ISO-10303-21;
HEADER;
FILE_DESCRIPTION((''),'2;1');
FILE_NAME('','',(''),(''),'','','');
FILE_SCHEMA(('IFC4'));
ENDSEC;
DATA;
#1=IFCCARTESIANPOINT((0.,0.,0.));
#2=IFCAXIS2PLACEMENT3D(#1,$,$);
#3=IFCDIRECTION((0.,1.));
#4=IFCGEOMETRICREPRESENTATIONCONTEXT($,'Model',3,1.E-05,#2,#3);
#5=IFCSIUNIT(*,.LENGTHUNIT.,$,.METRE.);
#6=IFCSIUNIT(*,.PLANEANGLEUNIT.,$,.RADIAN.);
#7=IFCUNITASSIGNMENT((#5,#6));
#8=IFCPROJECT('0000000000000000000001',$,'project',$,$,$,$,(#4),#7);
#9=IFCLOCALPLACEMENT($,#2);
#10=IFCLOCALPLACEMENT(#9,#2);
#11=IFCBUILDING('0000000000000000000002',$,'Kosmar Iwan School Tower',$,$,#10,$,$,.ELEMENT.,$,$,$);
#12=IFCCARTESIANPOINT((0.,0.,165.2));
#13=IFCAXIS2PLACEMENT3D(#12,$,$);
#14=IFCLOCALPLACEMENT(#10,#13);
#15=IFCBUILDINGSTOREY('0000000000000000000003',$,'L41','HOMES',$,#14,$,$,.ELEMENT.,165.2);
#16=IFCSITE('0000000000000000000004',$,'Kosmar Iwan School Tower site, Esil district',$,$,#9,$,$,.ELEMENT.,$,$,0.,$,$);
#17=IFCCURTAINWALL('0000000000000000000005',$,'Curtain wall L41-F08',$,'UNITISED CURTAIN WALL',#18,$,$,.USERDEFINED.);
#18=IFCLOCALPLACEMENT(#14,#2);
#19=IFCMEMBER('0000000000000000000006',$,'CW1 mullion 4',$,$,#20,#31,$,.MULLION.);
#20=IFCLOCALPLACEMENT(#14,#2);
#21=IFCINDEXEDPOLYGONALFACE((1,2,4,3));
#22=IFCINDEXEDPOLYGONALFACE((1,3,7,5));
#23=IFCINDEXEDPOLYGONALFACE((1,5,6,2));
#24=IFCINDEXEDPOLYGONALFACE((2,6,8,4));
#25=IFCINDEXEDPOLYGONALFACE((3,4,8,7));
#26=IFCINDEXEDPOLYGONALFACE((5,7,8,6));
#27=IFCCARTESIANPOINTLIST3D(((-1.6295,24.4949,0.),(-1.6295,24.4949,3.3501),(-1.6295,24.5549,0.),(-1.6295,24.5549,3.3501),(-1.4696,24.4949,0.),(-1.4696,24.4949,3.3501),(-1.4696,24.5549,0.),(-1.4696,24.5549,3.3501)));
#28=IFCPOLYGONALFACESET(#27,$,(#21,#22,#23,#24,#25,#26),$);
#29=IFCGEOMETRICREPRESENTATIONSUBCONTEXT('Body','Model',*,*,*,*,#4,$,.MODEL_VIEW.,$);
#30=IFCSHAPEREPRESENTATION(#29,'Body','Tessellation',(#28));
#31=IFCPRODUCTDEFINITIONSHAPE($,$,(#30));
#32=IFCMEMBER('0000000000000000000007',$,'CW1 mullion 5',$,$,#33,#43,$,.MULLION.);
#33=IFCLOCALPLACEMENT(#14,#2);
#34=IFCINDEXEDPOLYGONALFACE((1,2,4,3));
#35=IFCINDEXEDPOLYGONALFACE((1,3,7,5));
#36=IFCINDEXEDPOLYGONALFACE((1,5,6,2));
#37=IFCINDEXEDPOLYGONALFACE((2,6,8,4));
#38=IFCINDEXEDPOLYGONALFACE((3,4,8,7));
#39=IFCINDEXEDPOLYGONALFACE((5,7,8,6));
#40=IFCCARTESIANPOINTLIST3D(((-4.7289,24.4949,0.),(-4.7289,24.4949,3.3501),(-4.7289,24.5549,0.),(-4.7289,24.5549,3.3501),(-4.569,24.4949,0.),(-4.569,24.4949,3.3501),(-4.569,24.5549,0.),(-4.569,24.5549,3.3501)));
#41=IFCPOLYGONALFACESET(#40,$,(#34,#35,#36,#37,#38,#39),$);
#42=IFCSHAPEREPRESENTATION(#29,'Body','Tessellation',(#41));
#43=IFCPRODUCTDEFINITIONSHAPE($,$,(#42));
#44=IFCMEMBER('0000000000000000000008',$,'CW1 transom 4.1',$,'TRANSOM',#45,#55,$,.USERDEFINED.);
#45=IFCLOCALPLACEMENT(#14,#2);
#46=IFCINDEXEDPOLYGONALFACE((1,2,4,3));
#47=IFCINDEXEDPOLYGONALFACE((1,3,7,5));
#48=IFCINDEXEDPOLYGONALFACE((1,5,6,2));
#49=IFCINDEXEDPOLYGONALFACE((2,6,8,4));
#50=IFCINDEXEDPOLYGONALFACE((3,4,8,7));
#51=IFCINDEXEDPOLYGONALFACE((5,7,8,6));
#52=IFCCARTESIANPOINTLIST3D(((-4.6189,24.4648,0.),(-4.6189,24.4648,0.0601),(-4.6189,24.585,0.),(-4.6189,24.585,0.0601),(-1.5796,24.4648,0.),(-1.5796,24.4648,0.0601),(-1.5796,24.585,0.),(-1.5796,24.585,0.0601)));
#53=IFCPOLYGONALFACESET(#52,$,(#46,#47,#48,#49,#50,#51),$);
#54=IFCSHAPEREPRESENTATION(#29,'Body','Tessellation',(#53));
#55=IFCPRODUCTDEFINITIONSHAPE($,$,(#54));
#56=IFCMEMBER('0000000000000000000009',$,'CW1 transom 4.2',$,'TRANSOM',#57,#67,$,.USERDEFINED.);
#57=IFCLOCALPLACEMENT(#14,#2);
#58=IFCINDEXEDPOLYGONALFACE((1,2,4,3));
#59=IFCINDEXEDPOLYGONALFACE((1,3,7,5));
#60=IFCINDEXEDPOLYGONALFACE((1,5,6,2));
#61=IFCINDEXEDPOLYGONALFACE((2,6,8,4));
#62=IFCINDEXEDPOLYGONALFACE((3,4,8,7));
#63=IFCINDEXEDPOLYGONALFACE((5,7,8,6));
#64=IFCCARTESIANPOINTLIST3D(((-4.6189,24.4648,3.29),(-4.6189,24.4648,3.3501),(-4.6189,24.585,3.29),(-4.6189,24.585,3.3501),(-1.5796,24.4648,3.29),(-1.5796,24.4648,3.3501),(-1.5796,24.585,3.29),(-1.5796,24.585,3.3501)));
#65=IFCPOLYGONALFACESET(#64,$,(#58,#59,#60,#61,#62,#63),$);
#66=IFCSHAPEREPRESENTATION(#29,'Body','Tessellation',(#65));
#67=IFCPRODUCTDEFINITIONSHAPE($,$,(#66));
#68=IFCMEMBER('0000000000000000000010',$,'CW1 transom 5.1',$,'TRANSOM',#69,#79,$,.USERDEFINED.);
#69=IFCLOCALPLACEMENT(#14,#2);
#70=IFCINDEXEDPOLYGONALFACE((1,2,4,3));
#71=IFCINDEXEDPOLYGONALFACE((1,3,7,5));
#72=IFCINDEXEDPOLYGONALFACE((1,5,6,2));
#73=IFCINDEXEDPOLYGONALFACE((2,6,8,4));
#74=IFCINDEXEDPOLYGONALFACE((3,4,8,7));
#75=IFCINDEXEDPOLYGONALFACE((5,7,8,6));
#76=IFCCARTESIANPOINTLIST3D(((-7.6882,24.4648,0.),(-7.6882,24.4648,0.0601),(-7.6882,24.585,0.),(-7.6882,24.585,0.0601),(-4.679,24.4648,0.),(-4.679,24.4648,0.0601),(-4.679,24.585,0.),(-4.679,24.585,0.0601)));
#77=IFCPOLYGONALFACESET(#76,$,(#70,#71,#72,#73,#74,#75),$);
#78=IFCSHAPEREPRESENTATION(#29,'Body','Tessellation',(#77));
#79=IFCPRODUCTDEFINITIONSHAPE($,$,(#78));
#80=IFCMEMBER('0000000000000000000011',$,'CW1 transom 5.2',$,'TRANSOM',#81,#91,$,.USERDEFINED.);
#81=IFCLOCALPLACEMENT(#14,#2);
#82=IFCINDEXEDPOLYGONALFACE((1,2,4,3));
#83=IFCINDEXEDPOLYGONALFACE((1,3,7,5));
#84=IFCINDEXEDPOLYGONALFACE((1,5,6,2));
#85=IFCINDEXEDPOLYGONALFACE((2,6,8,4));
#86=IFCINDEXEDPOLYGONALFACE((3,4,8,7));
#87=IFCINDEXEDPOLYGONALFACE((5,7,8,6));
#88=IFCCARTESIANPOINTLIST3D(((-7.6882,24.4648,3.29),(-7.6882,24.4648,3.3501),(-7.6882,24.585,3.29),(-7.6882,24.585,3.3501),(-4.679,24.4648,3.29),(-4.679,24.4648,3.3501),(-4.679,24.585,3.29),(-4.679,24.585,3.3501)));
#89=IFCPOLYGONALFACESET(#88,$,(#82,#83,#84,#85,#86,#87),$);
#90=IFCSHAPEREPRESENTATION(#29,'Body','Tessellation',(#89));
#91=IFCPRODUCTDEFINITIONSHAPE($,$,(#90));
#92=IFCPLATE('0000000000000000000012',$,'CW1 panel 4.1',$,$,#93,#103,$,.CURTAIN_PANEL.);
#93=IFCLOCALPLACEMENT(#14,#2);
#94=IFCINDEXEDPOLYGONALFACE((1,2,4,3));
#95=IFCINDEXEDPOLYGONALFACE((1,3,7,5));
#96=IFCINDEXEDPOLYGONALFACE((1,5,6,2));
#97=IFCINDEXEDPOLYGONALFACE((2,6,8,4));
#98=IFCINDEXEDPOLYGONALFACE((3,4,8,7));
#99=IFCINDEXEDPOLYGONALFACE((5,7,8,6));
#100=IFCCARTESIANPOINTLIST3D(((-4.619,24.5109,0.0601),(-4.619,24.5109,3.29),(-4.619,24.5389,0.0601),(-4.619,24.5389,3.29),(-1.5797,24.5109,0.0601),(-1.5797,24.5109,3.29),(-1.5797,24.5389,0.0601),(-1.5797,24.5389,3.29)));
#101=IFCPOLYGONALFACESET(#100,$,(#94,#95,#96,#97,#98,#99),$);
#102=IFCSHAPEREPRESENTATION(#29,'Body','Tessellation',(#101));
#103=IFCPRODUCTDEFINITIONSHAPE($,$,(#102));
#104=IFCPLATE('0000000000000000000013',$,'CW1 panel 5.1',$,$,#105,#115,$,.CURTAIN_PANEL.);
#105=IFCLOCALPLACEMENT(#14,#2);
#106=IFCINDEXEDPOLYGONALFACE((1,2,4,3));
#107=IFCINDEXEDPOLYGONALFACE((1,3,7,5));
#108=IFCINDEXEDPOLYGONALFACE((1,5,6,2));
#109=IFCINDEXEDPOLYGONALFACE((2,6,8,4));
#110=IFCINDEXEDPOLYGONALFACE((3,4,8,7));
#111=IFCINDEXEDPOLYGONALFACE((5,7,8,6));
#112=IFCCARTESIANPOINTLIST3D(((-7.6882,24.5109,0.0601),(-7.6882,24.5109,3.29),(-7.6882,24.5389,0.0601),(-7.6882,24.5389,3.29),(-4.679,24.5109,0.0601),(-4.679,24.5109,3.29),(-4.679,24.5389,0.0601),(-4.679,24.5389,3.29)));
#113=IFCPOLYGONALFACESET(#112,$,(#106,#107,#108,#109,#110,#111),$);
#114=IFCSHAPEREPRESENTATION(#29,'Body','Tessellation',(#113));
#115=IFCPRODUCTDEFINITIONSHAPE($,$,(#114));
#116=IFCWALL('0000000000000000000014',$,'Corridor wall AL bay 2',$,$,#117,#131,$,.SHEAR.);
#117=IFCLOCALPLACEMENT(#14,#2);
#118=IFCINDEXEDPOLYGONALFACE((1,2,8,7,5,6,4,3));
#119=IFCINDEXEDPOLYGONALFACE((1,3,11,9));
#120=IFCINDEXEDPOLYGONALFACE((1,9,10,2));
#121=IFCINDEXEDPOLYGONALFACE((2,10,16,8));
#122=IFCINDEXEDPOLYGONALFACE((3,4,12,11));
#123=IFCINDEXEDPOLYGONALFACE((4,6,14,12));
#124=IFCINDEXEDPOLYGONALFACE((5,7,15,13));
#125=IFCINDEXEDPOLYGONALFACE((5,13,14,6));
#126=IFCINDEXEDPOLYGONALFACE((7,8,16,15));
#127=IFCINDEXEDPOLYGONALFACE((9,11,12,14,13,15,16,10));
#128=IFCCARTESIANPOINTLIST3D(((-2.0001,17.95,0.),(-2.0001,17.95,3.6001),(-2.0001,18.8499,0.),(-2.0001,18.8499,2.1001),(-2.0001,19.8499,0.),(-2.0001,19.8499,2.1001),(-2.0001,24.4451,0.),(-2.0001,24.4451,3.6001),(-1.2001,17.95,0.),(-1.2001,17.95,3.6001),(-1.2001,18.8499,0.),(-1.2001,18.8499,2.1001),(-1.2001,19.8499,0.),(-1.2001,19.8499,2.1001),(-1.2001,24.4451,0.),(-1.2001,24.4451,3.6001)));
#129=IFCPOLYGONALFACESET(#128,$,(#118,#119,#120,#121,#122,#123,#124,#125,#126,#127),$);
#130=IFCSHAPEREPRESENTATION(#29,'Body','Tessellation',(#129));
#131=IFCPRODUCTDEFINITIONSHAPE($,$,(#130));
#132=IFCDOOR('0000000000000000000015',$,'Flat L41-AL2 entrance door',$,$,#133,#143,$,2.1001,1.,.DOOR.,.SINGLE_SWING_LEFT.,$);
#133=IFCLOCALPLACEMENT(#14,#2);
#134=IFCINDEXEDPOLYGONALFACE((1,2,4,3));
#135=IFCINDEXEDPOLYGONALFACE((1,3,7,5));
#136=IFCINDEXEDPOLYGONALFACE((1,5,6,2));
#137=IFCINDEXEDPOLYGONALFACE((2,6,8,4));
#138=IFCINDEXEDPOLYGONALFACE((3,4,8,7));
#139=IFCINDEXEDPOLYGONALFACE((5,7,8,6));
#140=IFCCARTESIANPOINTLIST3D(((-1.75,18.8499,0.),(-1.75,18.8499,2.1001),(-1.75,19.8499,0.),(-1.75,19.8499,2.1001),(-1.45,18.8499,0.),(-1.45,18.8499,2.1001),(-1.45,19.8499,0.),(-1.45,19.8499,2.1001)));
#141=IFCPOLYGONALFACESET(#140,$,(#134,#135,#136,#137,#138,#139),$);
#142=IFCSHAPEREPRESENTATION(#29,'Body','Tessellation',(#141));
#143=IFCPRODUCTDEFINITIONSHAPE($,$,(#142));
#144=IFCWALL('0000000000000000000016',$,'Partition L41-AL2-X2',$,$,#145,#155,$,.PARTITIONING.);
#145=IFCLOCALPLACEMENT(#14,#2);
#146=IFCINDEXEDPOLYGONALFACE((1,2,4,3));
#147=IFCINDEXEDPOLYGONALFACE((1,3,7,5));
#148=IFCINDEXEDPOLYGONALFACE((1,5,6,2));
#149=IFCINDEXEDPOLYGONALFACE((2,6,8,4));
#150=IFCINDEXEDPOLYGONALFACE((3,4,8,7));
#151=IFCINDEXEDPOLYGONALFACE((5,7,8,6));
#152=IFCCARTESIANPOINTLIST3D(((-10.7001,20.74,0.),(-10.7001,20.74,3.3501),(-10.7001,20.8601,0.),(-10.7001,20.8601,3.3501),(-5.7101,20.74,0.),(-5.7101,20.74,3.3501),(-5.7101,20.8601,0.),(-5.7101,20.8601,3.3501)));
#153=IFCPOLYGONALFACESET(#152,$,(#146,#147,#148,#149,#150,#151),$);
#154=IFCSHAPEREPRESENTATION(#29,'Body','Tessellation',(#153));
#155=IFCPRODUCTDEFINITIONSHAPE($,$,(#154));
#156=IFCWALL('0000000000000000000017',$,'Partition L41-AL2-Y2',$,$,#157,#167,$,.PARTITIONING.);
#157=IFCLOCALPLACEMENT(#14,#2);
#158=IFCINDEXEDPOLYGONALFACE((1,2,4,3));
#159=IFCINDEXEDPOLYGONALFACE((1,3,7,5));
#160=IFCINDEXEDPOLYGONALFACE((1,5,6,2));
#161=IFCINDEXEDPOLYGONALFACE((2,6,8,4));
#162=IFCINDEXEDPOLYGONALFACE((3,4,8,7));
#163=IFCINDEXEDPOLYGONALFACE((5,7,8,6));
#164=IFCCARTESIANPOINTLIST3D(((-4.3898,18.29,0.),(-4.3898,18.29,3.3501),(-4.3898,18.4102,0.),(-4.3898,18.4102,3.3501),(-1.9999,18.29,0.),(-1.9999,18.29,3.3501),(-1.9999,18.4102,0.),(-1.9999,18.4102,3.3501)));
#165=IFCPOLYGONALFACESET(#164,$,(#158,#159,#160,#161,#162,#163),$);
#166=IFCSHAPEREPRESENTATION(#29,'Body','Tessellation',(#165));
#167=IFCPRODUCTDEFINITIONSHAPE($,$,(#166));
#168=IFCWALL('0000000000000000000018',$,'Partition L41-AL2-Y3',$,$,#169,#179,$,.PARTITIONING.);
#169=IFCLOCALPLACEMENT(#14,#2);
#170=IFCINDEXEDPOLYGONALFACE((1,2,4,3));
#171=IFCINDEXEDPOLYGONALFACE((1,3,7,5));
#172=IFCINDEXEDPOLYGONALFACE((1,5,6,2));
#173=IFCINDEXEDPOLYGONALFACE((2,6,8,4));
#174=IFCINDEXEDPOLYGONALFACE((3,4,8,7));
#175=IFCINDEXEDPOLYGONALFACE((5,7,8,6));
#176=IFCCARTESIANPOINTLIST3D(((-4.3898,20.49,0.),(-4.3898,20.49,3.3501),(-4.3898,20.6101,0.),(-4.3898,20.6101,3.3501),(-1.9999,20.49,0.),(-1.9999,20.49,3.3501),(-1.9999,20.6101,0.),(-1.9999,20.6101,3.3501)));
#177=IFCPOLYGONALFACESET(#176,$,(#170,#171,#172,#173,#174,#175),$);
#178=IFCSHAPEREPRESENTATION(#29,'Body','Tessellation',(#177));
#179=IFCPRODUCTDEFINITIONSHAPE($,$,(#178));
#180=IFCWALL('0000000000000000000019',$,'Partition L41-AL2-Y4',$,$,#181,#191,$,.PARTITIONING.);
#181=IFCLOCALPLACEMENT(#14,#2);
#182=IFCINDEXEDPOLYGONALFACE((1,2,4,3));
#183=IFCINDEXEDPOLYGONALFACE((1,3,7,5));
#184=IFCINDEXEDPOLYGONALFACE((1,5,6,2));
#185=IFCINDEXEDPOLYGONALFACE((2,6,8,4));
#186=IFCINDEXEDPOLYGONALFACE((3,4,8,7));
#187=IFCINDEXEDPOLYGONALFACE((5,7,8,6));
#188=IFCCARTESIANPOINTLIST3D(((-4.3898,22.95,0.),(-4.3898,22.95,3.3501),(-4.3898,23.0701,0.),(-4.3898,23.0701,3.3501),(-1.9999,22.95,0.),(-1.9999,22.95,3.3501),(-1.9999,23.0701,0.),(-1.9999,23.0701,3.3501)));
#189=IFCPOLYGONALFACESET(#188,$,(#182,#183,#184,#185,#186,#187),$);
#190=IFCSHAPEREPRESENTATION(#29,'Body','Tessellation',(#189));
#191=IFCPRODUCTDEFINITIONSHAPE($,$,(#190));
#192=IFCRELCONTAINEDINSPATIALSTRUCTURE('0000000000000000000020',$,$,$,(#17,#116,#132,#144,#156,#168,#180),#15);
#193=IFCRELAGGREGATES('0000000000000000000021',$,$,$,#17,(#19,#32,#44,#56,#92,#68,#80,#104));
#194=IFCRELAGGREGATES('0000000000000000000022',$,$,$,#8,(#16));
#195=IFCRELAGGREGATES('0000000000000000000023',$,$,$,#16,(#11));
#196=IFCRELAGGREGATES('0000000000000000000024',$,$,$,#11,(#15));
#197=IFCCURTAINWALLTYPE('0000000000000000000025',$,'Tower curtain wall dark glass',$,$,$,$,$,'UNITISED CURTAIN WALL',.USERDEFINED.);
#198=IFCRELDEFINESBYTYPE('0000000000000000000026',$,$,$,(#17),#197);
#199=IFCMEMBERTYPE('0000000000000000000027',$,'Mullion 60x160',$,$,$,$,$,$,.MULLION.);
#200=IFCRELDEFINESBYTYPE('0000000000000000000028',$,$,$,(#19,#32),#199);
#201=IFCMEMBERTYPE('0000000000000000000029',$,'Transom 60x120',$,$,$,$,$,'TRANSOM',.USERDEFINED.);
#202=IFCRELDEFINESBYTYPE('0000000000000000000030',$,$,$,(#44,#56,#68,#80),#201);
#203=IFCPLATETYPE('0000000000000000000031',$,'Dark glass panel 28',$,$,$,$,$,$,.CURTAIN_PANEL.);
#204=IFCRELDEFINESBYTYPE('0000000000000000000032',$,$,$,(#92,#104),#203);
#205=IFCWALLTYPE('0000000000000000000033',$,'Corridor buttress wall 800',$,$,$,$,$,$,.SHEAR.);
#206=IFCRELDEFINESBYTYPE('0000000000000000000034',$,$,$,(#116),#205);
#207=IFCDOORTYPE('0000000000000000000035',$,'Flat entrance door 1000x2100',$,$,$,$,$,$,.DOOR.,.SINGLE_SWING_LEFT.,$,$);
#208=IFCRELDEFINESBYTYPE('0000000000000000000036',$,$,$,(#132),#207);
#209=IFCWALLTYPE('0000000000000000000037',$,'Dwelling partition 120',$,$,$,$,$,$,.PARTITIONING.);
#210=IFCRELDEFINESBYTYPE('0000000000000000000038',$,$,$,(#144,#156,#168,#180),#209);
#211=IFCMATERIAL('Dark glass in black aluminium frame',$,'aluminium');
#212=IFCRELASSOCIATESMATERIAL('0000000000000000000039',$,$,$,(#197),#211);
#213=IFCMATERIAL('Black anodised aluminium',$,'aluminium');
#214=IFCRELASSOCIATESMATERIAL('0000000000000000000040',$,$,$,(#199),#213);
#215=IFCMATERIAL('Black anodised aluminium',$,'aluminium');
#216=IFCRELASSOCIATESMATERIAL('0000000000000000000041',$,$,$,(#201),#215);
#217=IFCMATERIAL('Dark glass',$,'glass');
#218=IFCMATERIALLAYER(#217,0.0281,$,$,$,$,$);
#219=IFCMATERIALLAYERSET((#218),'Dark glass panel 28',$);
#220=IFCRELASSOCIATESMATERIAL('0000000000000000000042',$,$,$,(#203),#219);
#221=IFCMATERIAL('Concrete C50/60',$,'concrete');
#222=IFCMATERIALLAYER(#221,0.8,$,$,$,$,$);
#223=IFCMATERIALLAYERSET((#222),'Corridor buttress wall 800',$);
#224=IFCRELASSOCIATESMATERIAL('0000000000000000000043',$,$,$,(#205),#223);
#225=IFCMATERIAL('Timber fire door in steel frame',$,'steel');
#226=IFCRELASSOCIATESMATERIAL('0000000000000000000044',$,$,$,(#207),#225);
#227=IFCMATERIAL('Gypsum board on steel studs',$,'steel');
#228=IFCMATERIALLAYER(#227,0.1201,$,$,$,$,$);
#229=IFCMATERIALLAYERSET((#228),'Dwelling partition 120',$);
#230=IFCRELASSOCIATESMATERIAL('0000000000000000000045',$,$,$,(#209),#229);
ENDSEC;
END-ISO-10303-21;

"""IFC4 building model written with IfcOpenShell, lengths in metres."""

from ifc_helpers import new_model, si_unit, direction, frame, frame_2d, origin, origin_2d, place, context, subcontext, project, spatial, rectangle, extrude, material, layer, layer_set, material_profile, profile_set, type_object, element, fill, aggregate, save


model = new_model("IFC4")

# Units and contexts
model_context = context("Model", 3, precision=1e-05, world=origin(), true_north=direction((0.0, 1.0)))
body_context = subcontext(model_context, "Body", "Model", "MODEL_VIEW")
ifc_project = project(units=[si_unit("LENGTHUNIT", "METRE"), si_unit("PLANEANGLEUNIT", "RADIAN")], contexts=[model_context])

# Site, building, storey
site_placement = place(None, origin())
site = spatial("IfcSite", under=ifc_project, at=site_placement, Name="Kosmar Iwan School Tower site, Esil district", CompositionType="ELEMENT", RefElevation=0.0)
building_placement = place(site_placement, origin())
building = spatial("IfcBuilding", under=site, at=building_placement, Name="Kosmar Iwan School Tower", CompositionType="ELEMENT")
storey_placement = place(building_placement, frame((0.0, 0.0, 165.2)))
storey = spatial("IfcBuildingStorey", under=building, at=storey_placement, Name="L41", Description="HOMES", CompositionType="ELEMENT", Elevation=165.2)

# Curtain wall, members, plates
ifc_material_1 = material(Name="Dark glass in black aluminium frame", Category="aluminium")
curtain_wall_type = type_object("IfcCurtainWallType", Name="Tower curtain wall dark glass", ElementType="UNITISED CURTAIN WALL", PredefinedType="USERDEFINED", material=ifc_material_1)
curtain_wall_placement = place(storey_placement, origin())
curtain_wall = element("IfcCurtainWall", 1, at=curtain_wall_placement, inside=storey, type_object=curtain_wall_type, Name="Curtain wall L41-F08", ObjectType="UNITISED CURTAIN WALL", PredefinedType="USERDEFINED")
ifc_material_2 = material(Name="Black anodised aluminium", Category="aluminium")
ifc_material_profile_1 = material_profile(ifc_material_2, rectangle(XDim=0.0601, YDim=0.1599, at=origin_2d()), Name="MULLION 60x160")
ifc_profile_set_1 = profile_set([ifc_material_profile_1], Name="Black anodised aluminium")
member_type_1 = type_object("IfcMemberType", Name="Mullion 60x160", PredefinedType="MULLION", material=ifc_profile_set_1)
member_1_placement = place(storey_placement, frame((-1.5496, 24.5249, 0.0), z_axis=(0.0, 0.0, 1.0), x_axis=(0.0, -1.0, 0.0)))
member_1 = element("IfcMember", 2, at=member_1_placement, type_object=member_type_1, Name="CW1 mullion 4", PredefinedType="MULLION", context=body_context, shape_type="SweptSolid", body=[
    extrude(rectangle(XDim=0.0601, YDim=0.1599, at=origin_2d()), origin(), (0.0, 0.0, 1.0), 3.3501),
])
member_2_placement = place(storey_placement, frame((-4.6489, 24.5249, 0.0), z_axis=(0.0, 0.0, 1.0), x_axis=(0.0, -1.0, 0.0)))
member_2 = element("IfcMember", 3, at=member_2_placement, type_object=member_type_1, Name="CW1 mullion 5", PredefinedType="MULLION", context=body_context, shape_type="SweptSolid", body=[
    extrude(rectangle(XDim=0.0601, YDim=0.1599, at=origin_2d()), origin(), (0.0, 0.0, 1.0), 3.3501),
])
ifc_material_3 = material(Name="Black anodised aluminium", Category="aluminium")
ifc_material_profile_2 = material_profile(ifc_material_3, rectangle(XDim=0.1201, YDim=0.0601, at=origin_2d()), Name="TRANSOM 60x120")
ifc_profile_set_2 = profile_set([ifc_material_profile_2], Name="Black anodised aluminium")
member_type_2 = type_object("IfcMemberType", Name="Transom 60x120", ElementType="TRANSOM", PredefinedType="USERDEFINED", material=ifc_profile_set_2)
member_3_placement = place(storey_placement, frame((-1.5796, 24.5249, 0.03), z_axis=(-1.0, 0.0, 0.0), x_axis=(0.0, -1.0, 0.0)))
member_3 = element("IfcMember", 4, at=member_3_placement, type_object=member_type_2, Name="CW1 transom 4.1", ObjectType="TRANSOM", PredefinedType="USERDEFINED", context=body_context, shape_type="SweptSolid", body=[
    extrude(rectangle(XDim=0.1201, YDim=0.0601, at=origin_2d()), origin(), (0.0, 0.0, 1.0), 3.0393),
])
member_4_placement = place(storey_placement, frame((-1.5796, 24.5249, 3.3201), z_axis=(-1.0, 0.0, 0.0), x_axis=(0.0, -1.0, 0.0)))
member_4 = element("IfcMember", 5, at=member_4_placement, type_object=member_type_2, Name="CW1 transom 4.2", ObjectType="TRANSOM", PredefinedType="USERDEFINED", context=body_context, shape_type="SweptSolid", body=[
    extrude(rectangle(XDim=0.1201, YDim=0.0601, at=origin_2d()), origin(), (0.0, 0.0, 1.0), 3.0393),
])
member_5_placement = place(storey_placement, frame((-4.679, 24.5249, 0.03), z_axis=(-1.0, 0.0, 0.0), x_axis=(0.0, -1.0, 0.0)))
member_5 = element("IfcMember", 6, at=member_5_placement, type_object=member_type_2, Name="CW1 transom 5.1", ObjectType="TRANSOM", PredefinedType="USERDEFINED", context=body_context, shape_type="SweptSolid", body=[
    extrude(rectangle(XDim=0.1201, YDim=0.0601, at=origin_2d()), origin(), (0.0, 0.0, 1.0), 3.0093),
])
member_6_placement = place(storey_placement, frame((-4.679, 24.5249, 3.3201), z_axis=(-1.0, 0.0, 0.0), x_axis=(0.0, -1.0, 0.0)))
member_6 = element("IfcMember", 7, at=member_6_placement, type_object=member_type_2, Name="CW1 transom 5.2", ObjectType="TRANSOM", PredefinedType="USERDEFINED", context=body_context, shape_type="SweptSolid", body=[
    extrude(rectangle(XDim=0.1201, YDim=0.0601, at=origin_2d()), origin(), (0.0, 0.0, 1.0), 3.0093),
])
ifc_material_4 = material(Name="Dark glass", Category="glass")
ifc_layer_1 = layer(ifc_material_4, 0.0281)
ifc_layer_set_1 = layer_set([ifc_layer_1], Name="Dark glass panel 28")
plate_type = type_object("IfcPlateType", Name="Dark glass panel 28", PredefinedType="CURTAIN_PANEL", material=ifc_layer_set_1)
plate_1_placement = place(storey_placement, frame((-3.0994, 24.5249, 0.0601), z_axis=(0.0, 0.0, 1.0), x_axis=(-1.0, 0.0, 0.0)))
plate_1 = element("IfcPlate", 8, at=plate_1_placement, type_object=plate_type, Name="CW1 panel 4.1", PredefinedType="CURTAIN_PANEL", context=body_context, shape_type="SweptSolid", body=[
    extrude(rectangle(XDim=3.0393, YDim=0.0281, at=origin_2d()), origin(), (0.0, 0.0, 1.0), 3.23),
])
plate_2_placement = place(storey_placement, frame((-6.1836, 24.5249, 0.0601), z_axis=(0.0, 0.0, 1.0), x_axis=(-1.0, 0.0, 0.0)))
plate_2 = element("IfcPlate", 9, at=plate_2_placement, type_object=plate_type, Name="CW1 panel 5.1", PredefinedType="CURTAIN_PANEL", context=body_context, shape_type="SweptSolid", body=[
    extrude(rectangle(XDim=3.0093, YDim=0.0281, at=origin_2d()), origin(), (0.0, 0.0, 1.0), 3.23),
])
aggregate(curtain_wall, [member_1, member_2, member_3, member_4, plate_1, member_5, member_6, plate_2])

# Wall, opening, door
ifc_material_5 = material(Name="Concrete C50/60", Category="concrete")
ifc_layer_2 = layer(ifc_material_5, 0.8)
ifc_layer_set_2 = layer_set([ifc_layer_2], Name="Corridor buttress wall 800")
wall_type_1 = type_object("IfcWallType", Name="Corridor buttress wall 800", PredefinedType="SHEAR", material=ifc_layer_set_2)
wall_1_placement = place(storey_placement, frame((-1.6001, 17.95, 0.0), z_axis=(0.0, 0.0, 1.0), x_axis=(0.0, 1.0, 0.0)))
wall_1 = element("IfcWall", 10, at=wall_1_placement, inside=storey, type_object=wall_type_1, Name="Corridor wall AL bay 2", PredefinedType="SHEAR", context=body_context, shape_type="SweptSolid", body=[
    extrude(rectangle(XDim=6.4951, YDim=0.8, at=frame_2d((3.2476, 0.0))), origin(), (0.0, 0.0, 1.0), 3.6001),
])
opening_placement = place(wall_1_placement, frame((0.8999, 0.0, 0.0)))
opening = element("IfcOpeningElement", 11, at=opening_placement, cuts=wall_1, PredefinedType="OPENING", context=body_context, shape_type="SweptSolid", body=[
    extrude(rectangle(XDim=1.0, YDim=2.1001, at=frame_2d((0.5, 1.05))), frame((0.0, 0.4121, 0.0), z_axis=(0.0, -1.0, 0.0), x_axis=(1.0, 0.0, 0.0)), (0.0, 0.0, 1.0), 0.824),
])
ifc_material_6 = material(Name="Timber fire door in steel frame", Category="steel")
door_type = type_object("IfcDoorType", Name="Flat entrance door 1000x2100", OperationType="SINGLE_SWING_LEFT", PredefinedType="DOOR", material=ifc_material_6)
door_placement = place(opening_placement, origin())
door = element("IfcDoor", 12, at=door_placement, inside=storey, type_object=door_type, Name="Flat L41-AL2 entrance door", OperationType="SINGLE_SWING_LEFT", OverallHeight=2.1001, OverallWidth=1.0, PredefinedType="DOOR", context=body_context, shape_type="SweptSolid", body=[
    extrude(rectangle(XDim=1.0, YDim=2.1001, at=frame_2d((0.5, 1.05))), frame((0.0, 0.1499, 0.0), z_axis=(0.0, -1.0, 0.0), x_axis=(1.0, 0.0, 0.0)), (0.0, 0.0, 1.0), 0.3),
])
fill(opening, door)

# Walls
ifc_material_7 = material(Name="Gypsum board on steel studs", Category="steel")
ifc_layer_3 = layer(ifc_material_7, 0.1201)
ifc_layer_set_3 = layer_set([ifc_layer_3], Name="Dwelling partition 120")
wall_type_2 = type_object("IfcWallType", Name="Dwelling partition 120", PredefinedType="PARTITIONING", material=ifc_layer_set_3)
wall_2_placement = place(storey_placement, frame((-5.71, 20.8, 0.0), z_axis=(0.0, 0.0, 1.0), x_axis=(-1.0, 0.0, 0.0)))
element("IfcWall", 13, at=wall_2_placement, inside=storey, type_object=wall_type_2, Name="Partition L41-AL2-X2", PredefinedType="PARTITIONING", context=body_context, shape_type="SweptSolid", body=[
    extrude(rectangle(XDim=4.99, YDim=0.1201, at=frame_2d((2.4951, 0.0))), origin(), (0.0, 0.0, 1.0), 3.3501),
])
for number, where, z_axis, x_axis, name in (
    (14, (-2.0, 18.3501, 0.0), (0.0, 0.0, 1.0), (-1.0, 0.0, 0.0), "Partition L41-AL2-Y2"),
    (15, (-2.0, 20.55, 0.0), (0.0, 0.0, 1.0), (-1.0, 0.0, 0.0), "Partition L41-AL2-Y3"),
    (16, (-2.0, 23.01, 0.0), (0.0, 0.0, 1.0), (-1.0, 0.0, 0.0), "Partition L41-AL2-Y4"),
):
    element("IfcWall", number, at=place(storey_placement, frame(where, z_axis=z_axis, x_axis=x_axis)), inside=storey, type_object=wall_type_2, Name=name, PredefinedType="PARTITIONING", context=body_context, shape_type="SweptSolid", body=[
        extrude(rectangle(XDim=2.3899, YDim=0.1201, at=frame_2d((1.1948, 0.0))), origin(), (0.0, 0.0, 1.0), 3.3501),
    ])

save(model, "model.ifc")
